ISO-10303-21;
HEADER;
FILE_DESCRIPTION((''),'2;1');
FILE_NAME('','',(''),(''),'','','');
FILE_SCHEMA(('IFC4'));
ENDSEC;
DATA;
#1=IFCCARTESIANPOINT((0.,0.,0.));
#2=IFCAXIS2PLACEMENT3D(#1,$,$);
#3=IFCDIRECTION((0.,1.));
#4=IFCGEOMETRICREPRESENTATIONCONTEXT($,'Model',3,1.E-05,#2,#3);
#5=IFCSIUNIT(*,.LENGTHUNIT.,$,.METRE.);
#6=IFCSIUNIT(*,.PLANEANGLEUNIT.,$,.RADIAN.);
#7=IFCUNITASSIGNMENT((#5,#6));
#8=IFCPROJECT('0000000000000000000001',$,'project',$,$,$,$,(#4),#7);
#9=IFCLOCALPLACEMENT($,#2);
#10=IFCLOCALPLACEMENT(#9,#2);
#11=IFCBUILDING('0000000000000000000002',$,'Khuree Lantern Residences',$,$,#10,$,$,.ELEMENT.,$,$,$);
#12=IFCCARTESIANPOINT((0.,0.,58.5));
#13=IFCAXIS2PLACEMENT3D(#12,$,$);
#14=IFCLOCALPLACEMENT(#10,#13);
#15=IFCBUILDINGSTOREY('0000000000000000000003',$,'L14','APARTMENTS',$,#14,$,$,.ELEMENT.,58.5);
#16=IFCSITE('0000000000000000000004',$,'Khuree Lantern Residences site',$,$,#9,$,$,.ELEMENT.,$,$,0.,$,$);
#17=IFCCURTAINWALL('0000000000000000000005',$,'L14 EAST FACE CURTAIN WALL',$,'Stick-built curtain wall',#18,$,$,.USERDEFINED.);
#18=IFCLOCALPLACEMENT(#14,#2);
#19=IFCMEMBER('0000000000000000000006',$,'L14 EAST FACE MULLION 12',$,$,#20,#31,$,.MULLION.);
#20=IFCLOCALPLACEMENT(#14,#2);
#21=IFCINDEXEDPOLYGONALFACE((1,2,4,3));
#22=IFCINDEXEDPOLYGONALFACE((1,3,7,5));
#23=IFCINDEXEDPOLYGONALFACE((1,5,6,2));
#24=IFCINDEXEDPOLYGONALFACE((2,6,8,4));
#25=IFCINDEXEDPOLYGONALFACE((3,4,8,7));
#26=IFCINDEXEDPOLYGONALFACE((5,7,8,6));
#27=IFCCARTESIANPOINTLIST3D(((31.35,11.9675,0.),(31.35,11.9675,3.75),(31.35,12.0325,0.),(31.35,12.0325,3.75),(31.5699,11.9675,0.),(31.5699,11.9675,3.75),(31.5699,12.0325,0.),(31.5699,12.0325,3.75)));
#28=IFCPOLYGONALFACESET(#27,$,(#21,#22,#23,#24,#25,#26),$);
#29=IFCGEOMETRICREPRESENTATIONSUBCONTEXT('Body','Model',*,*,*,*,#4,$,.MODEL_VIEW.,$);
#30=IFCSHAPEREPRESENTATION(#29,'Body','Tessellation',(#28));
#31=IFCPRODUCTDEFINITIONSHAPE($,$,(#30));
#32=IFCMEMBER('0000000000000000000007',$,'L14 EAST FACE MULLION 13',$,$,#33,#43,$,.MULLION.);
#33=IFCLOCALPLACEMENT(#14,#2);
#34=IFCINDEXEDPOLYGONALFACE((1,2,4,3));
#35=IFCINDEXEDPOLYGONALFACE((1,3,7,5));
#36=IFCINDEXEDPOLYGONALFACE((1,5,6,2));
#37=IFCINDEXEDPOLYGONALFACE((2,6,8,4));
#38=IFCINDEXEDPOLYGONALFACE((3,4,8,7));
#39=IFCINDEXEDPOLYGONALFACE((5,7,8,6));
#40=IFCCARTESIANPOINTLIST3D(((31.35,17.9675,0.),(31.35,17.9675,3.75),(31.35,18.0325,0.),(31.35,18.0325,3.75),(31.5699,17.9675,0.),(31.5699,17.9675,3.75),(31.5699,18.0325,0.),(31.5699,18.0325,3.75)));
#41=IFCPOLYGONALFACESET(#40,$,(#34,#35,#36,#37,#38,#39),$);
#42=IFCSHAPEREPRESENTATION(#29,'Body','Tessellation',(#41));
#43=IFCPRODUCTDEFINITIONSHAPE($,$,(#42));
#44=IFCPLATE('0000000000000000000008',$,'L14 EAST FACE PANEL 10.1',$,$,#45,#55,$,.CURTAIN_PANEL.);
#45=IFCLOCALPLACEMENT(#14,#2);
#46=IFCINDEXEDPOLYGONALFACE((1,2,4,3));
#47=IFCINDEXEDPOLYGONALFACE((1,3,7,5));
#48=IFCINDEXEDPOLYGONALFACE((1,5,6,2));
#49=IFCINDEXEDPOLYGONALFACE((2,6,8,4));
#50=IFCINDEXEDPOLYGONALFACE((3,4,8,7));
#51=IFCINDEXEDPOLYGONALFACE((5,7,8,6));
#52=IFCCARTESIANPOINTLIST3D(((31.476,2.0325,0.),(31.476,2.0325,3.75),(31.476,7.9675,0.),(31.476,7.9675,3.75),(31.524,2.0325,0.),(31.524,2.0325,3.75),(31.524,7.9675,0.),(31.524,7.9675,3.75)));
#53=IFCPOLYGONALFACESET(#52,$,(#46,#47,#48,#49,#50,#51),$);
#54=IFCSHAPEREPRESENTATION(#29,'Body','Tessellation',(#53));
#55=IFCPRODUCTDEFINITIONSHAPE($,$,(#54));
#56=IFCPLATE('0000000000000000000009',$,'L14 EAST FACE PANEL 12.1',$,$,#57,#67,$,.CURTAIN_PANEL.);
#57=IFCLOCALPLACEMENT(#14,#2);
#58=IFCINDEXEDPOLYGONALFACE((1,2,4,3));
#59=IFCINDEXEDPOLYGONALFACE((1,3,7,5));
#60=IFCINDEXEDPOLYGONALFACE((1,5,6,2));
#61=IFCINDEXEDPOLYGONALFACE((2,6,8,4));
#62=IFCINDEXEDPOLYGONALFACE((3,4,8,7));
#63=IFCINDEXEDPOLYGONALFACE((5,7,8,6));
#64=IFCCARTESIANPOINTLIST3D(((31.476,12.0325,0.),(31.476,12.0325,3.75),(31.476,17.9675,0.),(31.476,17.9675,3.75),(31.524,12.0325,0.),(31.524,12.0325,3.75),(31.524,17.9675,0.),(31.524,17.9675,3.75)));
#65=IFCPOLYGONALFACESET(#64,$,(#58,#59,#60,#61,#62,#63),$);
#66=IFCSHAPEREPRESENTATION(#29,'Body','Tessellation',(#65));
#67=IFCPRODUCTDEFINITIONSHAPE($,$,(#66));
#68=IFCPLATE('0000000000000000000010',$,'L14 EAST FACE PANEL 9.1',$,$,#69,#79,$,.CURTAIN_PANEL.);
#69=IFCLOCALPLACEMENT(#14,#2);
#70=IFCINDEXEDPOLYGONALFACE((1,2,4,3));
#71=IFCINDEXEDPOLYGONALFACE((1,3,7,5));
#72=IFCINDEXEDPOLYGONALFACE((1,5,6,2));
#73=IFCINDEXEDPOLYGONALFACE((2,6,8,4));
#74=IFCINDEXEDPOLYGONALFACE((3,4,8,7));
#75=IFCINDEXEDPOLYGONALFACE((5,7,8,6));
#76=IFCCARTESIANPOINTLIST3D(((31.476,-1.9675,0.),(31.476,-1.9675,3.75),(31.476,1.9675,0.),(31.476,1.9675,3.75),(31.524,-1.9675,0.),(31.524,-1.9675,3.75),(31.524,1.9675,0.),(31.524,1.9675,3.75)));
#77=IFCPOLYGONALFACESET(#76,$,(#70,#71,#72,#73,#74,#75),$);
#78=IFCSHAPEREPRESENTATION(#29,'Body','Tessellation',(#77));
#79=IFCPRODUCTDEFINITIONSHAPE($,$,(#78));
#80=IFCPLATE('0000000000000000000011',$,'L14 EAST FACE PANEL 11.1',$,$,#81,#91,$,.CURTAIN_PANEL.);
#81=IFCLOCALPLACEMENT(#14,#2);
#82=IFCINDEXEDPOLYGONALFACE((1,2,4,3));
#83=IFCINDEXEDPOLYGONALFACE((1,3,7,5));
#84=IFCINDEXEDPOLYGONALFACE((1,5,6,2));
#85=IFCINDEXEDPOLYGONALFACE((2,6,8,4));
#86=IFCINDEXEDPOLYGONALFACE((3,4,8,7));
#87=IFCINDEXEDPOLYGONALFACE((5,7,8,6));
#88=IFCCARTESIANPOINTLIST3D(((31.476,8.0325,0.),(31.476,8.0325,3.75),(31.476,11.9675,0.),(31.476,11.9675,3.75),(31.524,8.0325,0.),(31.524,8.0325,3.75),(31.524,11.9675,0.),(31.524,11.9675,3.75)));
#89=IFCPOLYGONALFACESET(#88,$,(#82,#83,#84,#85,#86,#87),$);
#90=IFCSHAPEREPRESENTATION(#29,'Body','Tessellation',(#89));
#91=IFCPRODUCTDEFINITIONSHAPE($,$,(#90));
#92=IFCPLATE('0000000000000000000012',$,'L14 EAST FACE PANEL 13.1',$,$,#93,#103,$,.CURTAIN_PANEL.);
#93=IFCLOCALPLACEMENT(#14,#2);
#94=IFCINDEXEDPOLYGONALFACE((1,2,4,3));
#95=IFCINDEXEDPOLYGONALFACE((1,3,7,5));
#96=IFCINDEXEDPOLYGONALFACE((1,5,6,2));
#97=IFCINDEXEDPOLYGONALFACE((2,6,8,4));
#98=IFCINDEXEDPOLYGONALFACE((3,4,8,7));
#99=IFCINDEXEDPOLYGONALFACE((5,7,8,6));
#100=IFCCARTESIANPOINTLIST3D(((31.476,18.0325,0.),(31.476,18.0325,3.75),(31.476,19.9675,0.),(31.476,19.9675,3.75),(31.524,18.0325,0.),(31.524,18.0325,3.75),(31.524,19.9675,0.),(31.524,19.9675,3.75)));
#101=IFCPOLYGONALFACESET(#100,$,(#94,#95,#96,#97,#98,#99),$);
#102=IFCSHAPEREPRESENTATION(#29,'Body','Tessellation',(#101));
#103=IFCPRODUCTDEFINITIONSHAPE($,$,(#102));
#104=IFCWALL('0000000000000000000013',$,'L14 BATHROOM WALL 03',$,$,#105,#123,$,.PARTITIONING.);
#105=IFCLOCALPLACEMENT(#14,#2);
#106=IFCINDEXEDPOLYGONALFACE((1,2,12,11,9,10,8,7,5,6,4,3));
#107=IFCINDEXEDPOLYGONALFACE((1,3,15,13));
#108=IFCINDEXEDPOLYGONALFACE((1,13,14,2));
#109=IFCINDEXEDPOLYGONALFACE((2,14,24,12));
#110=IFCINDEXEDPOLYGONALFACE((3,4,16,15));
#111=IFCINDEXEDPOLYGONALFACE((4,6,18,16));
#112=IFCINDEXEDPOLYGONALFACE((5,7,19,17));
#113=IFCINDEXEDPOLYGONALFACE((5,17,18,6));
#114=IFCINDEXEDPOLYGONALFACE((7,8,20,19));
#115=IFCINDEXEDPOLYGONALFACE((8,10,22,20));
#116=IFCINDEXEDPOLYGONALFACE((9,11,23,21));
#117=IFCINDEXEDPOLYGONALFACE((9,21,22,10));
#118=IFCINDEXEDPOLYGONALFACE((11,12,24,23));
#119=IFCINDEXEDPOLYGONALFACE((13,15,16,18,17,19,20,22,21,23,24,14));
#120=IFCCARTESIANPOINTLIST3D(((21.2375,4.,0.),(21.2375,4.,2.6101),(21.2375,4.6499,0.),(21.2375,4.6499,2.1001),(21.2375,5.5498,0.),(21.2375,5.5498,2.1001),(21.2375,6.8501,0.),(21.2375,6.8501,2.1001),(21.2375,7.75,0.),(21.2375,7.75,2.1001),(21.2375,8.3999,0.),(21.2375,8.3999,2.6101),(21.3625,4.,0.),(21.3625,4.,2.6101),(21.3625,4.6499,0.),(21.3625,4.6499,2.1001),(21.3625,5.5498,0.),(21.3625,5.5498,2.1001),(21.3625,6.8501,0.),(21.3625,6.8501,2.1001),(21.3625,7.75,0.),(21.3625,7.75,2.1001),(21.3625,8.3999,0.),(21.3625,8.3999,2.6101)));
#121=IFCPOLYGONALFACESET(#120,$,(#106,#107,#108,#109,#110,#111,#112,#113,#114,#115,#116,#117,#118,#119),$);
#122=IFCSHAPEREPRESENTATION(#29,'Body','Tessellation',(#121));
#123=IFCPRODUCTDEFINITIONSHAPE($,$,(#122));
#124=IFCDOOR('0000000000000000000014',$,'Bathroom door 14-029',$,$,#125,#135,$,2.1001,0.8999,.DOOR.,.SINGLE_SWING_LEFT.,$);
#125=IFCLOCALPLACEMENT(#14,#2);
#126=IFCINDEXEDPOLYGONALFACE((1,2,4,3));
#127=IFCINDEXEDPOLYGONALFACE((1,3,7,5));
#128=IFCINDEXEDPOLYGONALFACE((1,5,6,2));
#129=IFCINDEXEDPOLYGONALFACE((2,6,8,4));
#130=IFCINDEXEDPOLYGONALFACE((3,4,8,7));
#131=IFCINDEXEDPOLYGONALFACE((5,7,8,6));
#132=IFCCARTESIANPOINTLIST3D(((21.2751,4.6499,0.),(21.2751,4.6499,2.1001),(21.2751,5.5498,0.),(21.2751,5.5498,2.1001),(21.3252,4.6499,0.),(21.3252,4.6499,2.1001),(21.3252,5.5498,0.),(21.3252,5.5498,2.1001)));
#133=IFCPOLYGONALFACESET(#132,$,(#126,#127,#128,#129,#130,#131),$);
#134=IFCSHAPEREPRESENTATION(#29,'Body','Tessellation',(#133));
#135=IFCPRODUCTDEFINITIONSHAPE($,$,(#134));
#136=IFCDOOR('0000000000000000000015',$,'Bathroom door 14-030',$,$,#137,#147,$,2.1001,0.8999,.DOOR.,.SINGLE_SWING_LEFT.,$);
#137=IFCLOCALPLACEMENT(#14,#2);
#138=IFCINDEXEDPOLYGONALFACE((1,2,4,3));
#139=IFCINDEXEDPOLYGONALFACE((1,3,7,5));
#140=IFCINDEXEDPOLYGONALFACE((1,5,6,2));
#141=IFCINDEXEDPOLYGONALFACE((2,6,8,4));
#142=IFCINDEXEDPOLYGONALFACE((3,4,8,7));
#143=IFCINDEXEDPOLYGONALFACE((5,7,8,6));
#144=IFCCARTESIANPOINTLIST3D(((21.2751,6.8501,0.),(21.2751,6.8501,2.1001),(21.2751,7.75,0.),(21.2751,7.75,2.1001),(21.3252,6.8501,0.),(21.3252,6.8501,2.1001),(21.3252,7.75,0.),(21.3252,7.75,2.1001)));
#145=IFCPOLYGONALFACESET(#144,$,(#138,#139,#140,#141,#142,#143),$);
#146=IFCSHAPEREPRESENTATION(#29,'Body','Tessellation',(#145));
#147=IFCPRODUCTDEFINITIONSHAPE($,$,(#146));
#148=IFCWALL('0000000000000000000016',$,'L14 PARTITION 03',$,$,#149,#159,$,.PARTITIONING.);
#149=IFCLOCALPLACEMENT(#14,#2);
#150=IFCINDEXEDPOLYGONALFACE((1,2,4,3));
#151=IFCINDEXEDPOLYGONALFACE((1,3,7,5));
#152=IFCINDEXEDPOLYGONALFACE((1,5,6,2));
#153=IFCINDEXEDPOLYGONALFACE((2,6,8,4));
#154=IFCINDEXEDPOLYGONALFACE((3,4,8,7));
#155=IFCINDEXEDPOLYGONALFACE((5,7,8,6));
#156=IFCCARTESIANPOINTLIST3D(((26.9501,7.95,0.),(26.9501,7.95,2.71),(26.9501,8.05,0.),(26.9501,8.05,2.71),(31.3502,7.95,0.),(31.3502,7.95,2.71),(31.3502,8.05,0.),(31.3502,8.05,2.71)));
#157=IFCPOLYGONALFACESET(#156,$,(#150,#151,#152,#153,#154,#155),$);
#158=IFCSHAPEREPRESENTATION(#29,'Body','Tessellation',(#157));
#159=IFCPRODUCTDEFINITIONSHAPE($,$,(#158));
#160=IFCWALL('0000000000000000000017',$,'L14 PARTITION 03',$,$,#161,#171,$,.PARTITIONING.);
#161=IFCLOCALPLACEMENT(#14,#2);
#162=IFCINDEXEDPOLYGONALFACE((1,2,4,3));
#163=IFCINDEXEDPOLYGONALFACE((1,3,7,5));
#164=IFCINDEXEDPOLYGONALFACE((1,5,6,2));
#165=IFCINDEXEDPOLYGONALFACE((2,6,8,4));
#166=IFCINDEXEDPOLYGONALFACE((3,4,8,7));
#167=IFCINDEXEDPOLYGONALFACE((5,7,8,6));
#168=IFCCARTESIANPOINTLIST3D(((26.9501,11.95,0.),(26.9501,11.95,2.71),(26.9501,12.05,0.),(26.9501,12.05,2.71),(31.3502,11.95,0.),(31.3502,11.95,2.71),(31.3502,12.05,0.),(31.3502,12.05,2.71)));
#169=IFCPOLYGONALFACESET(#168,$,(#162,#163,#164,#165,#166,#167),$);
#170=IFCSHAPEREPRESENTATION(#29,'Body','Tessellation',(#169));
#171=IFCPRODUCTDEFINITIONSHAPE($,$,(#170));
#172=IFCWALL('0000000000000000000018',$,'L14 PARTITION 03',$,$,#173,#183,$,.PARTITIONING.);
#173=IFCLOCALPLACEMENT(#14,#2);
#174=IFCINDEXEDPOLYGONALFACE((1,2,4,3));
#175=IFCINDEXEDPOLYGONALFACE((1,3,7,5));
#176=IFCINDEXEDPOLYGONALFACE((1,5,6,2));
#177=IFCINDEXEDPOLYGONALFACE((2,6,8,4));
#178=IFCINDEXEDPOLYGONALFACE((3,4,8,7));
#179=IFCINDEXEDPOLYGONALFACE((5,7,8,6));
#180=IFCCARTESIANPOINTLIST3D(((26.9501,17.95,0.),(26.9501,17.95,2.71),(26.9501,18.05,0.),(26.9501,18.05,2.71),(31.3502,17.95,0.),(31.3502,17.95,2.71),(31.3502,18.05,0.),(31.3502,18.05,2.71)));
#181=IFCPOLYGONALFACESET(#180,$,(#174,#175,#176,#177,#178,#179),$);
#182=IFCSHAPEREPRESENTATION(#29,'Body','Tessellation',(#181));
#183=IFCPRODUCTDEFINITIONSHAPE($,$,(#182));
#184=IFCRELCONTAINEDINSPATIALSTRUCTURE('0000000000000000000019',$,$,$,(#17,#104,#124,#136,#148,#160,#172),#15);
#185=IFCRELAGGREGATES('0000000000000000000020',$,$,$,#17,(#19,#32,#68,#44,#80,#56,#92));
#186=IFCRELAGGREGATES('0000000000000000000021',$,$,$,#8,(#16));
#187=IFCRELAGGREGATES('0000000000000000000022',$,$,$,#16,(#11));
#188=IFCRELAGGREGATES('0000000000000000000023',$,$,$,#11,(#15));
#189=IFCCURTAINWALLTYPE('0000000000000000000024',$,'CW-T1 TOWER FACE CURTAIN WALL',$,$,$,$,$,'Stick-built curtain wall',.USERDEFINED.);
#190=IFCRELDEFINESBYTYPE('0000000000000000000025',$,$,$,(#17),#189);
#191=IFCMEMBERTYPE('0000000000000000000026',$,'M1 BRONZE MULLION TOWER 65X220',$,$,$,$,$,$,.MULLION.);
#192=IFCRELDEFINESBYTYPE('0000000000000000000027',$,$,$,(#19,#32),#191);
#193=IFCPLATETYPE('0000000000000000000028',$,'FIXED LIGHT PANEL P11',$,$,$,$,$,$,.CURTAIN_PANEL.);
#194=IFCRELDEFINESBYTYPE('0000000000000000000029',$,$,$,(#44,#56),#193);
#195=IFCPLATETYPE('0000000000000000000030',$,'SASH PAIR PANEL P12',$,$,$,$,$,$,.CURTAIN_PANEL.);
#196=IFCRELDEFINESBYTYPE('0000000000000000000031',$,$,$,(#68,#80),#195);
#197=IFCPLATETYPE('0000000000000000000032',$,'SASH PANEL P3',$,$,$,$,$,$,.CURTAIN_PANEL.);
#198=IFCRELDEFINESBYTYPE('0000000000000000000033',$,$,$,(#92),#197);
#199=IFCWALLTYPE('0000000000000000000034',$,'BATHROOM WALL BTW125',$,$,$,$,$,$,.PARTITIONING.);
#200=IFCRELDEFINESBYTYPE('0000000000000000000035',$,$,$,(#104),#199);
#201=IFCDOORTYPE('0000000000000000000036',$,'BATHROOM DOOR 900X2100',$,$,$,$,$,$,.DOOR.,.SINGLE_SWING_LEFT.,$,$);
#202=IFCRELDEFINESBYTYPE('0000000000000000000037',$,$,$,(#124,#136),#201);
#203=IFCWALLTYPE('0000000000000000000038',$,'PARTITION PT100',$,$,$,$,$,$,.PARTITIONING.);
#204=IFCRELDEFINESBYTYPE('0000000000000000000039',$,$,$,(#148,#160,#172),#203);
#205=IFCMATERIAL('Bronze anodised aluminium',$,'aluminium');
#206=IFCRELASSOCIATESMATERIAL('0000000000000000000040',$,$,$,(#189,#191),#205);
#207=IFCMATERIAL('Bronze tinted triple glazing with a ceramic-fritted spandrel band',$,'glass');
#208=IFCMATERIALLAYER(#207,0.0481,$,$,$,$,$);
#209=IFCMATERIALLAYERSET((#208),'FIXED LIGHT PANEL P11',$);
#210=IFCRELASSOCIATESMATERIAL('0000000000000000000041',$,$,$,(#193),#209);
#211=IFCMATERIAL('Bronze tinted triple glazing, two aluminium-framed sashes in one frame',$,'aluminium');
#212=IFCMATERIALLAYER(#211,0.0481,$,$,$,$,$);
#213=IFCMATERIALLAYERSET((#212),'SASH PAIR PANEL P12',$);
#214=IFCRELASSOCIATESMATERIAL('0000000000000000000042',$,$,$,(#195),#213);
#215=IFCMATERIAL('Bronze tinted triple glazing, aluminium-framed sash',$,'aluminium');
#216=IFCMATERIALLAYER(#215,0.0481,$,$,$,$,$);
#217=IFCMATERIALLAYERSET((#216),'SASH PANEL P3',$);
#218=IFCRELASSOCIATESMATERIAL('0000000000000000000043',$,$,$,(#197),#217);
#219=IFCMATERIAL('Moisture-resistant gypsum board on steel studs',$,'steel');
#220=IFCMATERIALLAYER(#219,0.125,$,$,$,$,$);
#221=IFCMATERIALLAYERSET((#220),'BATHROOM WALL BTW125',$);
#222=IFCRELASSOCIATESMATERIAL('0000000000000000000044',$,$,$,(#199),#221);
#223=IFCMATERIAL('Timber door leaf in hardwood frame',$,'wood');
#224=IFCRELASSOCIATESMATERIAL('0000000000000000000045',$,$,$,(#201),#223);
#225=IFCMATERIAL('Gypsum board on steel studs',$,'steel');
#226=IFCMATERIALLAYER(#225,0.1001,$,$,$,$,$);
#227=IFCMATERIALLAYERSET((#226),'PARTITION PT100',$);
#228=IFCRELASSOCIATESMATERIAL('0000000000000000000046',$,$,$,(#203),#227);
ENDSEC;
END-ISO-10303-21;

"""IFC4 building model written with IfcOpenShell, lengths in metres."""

from ifc_helpers import new_model, si_unit, direction, frame, frame_2d, origin, origin_2d, place, context, subcontext, project, spatial, rectangle, extrude, material, layer, layer_set, material_profile, profile_set, type_object, element, fill, aggregate, save


model = new_model("IFC4")

# Units and contexts
model_context = context("Model", 3, precision=1e-05, world=origin(), true_north=direction((0.0, 1.0)))
body_context = subcontext(model_context, "Body", "Model", "MODEL_VIEW")
ifc_project = project(units=[si_unit("LENGTHUNIT", "METRE"), si_unit("PLANEANGLEUNIT", "RADIAN")], contexts=[model_context])

# Site, building, storey
site_placement = place(None, origin())
site = spatial("IfcSite", under=ifc_project, at=site_placement, Name="Khuree Lantern Residences site", CompositionType="ELEMENT", RefElevation=0.0)
building_placement = place(site_placement, origin())
building = spatial("IfcBuilding", under=site, at=building_placement, Name="Khuree Lantern Residences", CompositionType="ELEMENT")
storey_placement = place(building_placement, frame((0.0, 0.0, 58.5)))
storey = spatial("IfcBuildingStorey", under=building, at=storey_placement, Name="L14", Description="APARTMENTS", CompositionType="ELEMENT", Elevation=58.5)

# Curtain wall
ifc_material_1 = material(Name="Bronze anodised aluminium", Category="aluminium")
curtain_wall_type = type_object("IfcCurtainWallType", Name="CW-T1 TOWER FACE CURTAIN WALL", ElementType="Stick-built curtain wall", PredefinedType="USERDEFINED", material=ifc_material_1)
curtain_wall_placement = place(storey_placement, origin())
curtain_wall = element("IfcCurtainWall", 1, at=curtain_wall_placement, inside=storey, type_object=curtain_wall_type, Name="L14 EAST FACE CURTAIN WALL", ObjectType="Stick-built curtain wall", PredefinedType="USERDEFINED")

# Members
ifc_material_profile_1 = material_profile(ifc_material_1, rectangle(XDim=0.0649, YDim=0.22, at=origin_2d()), Name="M1 65X220")
ifc_profile_set_1 = profile_set([ifc_material_profile_1], Name="Bronze anodised aluminium")
member_type_1 = type_object("IfcMemberType", Name="M1 BRONZE MULLION TOWER 65X220", PredefinedType="MULLION", material=ifc_profile_set_1)
member_1_placement = place(storey_placement, frame((31.46, 12.0, 0.0), z_axis=(0.0, 0.0, 1.0), x_axis=(0.0, 1.0, 0.0)))
member_1 = element("IfcMember", 2, at=member_1_placement, type_object=member_type_1, Name="L14 EAST FACE MULLION 12", PredefinedType="MULLION", context=body_context, shape_type="SweptSolid", body=[
    extrude(rectangle(XDim=0.0649, YDim=0.22, at=origin_2d()), origin(), (0.0, 0.0, 1.0), 3.75),
])
member_2_placement = place(storey_placement, frame((31.46, 18.0, 0.0), z_axis=(0.0, 0.0, 1.0), x_axis=(0.0, 1.0, 0.0)))
member_2 = element("IfcMember", 3, at=member_2_placement, type_object=member_type_1, Name="L14 EAST FACE MULLION 13", PredefinedType="MULLION", context=body_context, shape_type="SweptSolid", body=[
    extrude(rectangle(XDim=0.0649, YDim=0.22, at=origin_2d()), origin(), (0.0, 0.0, 1.0), 3.75),
])

# Plates
ifc_material_2 = material(Name="Bronze tinted triple glazing with a ceramic-fritted spandrel band", Category="glass")
ifc_layer_1 = layer(ifc_material_2, 0.0481)
ifc_layer_set_1 = layer_set([ifc_layer_1], Name="FIXED LIGHT PANEL P11")
plate_type_1 = type_object("IfcPlateType", Name="FIXED LIGHT PANEL P11", PredefinedType="CURTAIN_PANEL", material=ifc_layer_set_1)
plate_1_placement = place(storey_placement, frame((31.5, 5.0, 0.0), z_axis=(0.0, 0.0, 1.0), x_axis=(0.0, 1.0, 0.0)))
plate_1 = element("IfcPlate", 4, at=plate_1_placement, type_object=plate_type_1, Name="L14 EAST FACE PANEL 10.1", PredefinedType="CURTAIN_PANEL", context=body_context, shape_type="SweptSolid", body=[
    extrude(rectangle(XDim=5.9351, YDim=0.0481, at=origin_2d()), origin(), (0.0, 0.0, 1.0), 3.75),
])
plate_2_placement = place(storey_placement, frame((31.5, 15.0, 0.0), z_axis=(0.0, 0.0, 1.0), x_axis=(0.0, 1.0, 0.0)))
plate_2 = element("IfcPlate", 5, at=plate_2_placement, type_object=plate_type_1, Name="L14 EAST FACE PANEL 12.1", PredefinedType="CURTAIN_PANEL", context=body_context, shape_type="SweptSolid", body=[
    extrude(rectangle(XDim=5.9351, YDim=0.0481, at=origin_2d()), origin(), (0.0, 0.0, 1.0), 3.75),
])
ifc_material_3 = material(Name="Bronze tinted triple glazing, two aluminium-framed sashes in one frame", Category="aluminium")
ifc_layer_2 = layer(ifc_material_3, 0.0481)
ifc_layer_set_2 = layer_set([ifc_layer_2], Name="SASH PAIR PANEL P12")
plate_type_2 = type_object("IfcPlateType", Name="SASH PAIR PANEL P12", PredefinedType="CURTAIN_PANEL", material=ifc_layer_set_2)
plate_3_placement = place(storey_placement, frame((31.5, 0.0, 0.0), z_axis=(0.0, 0.0, 1.0), x_axis=(0.0, 1.0, 0.0)))
plate_3 = element("IfcPlate", 6, at=plate_3_placement, type_object=plate_type_2, Name="L14 EAST FACE PANEL 9.1", PredefinedType="CURTAIN_PANEL", context=body_context, shape_type="SweptSolid", body=[
    extrude(rectangle(XDim=3.9351, YDim=0.0481, at=origin_2d()), origin(), (0.0, 0.0, 1.0), 3.75),
])
plate_4_placement = place(storey_placement, frame((31.5, 10.0, 0.0), z_axis=(0.0, 0.0, 1.0), x_axis=(0.0, 1.0, 0.0)))
plate_4 = element("IfcPlate", 7, at=plate_4_placement, type_object=plate_type_2, Name="L14 EAST FACE PANEL 11.1", PredefinedType="CURTAIN_PANEL", context=body_context, shape_type="SweptSolid", body=[
    extrude(rectangle(XDim=3.9351, YDim=0.0481, at=origin_2d()), origin(), (0.0, 0.0, 1.0), 3.75),
])
ifc_material_4 = material(Name="Bronze tinted triple glazing, aluminium-framed sash", Category="aluminium")
ifc_layer_3 = layer(ifc_material_4, 0.0481)
ifc_layer_set_3 = layer_set([ifc_layer_3], Name="SASH PANEL P3")
plate_type_3 = type_object("IfcPlateType", Name="SASH PANEL P3", PredefinedType="CURTAIN_PANEL", material=ifc_layer_set_3)
plate_5_placement = place(storey_placement, frame((31.5, 19.0, 0.0), z_axis=(0.0, 0.0, 1.0), x_axis=(0.0, 1.0, 0.0)))
plate_5 = element("IfcPlate", 8, at=plate_5_placement, type_object=plate_type_3, Name="L14 EAST FACE PANEL 13.1", PredefinedType="CURTAIN_PANEL", context=body_context, shape_type="SweptSolid", body=[
    extrude(rectangle(XDim=1.9351, YDim=0.0481, at=origin_2d()), origin(), (0.0, 0.0, 1.0), 3.75),
])
aggregate(curtain_wall, [member_1, member_2, plate_3, plate_1, plate_4, plate_2, plate_5])

# Wall, openings, doors
ifc_material_5 = material(Name="Moisture-resistant gypsum board on steel studs", Category="steel")
ifc_layer_4 = layer(ifc_material_5, 0.125)
ifc_layer_set_4 = layer_set([ifc_layer_4], Name="BATHROOM WALL BTW125")
wall_type_1 = type_object("IfcWallType", Name="BATHROOM WALL BTW125", PredefinedType="PARTITIONING", material=ifc_layer_set_4)
wall_1_placement = place(storey_placement, frame((21.3, 4.0, 0.0), z_axis=(0.0, 0.0, 1.0), x_axis=(0.0, 1.0, 0.0)))
wall_1 = element("IfcWall", 9, at=wall_1_placement, inside=storey, type_object=wall_type_1, Name="L14 BATHROOM WALL 03", PredefinedType="PARTITIONING", context=body_context, shape_type="SweptSolid", body=[
    extrude(rectangle(XDim=4.3999, YDim=0.125, at=frame_2d((2.2, 0.0))), origin(), (0.0, 0.0, 1.0), 2.6101),
])
opening_1_placement = place(wall_1_placement, frame((0.6499, 0.0, 0.0)))
opening_1 = element("IfcOpeningElement", 10, at=opening_1_placement, cuts=wall_1, PredefinedType="OPENING", context=body_context, shape_type="SweptSolid", body=[
    extrude(rectangle(XDim=0.8999, YDim=2.1001, at=frame_2d((0.45, 1.05))), frame((0.0, 0.0725, 0.0), z_axis=(0.0, -1.0, 0.0), x_axis=(1.0, 0.0, 0.0)), (0.0, 0.0, 1.0), 0.145),
])
opening_2_placement = place(wall_1_placement, frame((2.8501, 0.0, 0.0)))
opening_2 = element("IfcOpeningElement", 11, at=opening_2_placement, cuts=wall_1, PredefinedType="OPENING", context=body_context, shape_type="SweptSolid", body=[
    extrude(rectangle(XDim=0.8999, YDim=2.1001, at=frame_2d((0.45, 1.05))), frame((0.0, 0.0725, 0.0), z_axis=(0.0, -1.0, 0.0), x_axis=(1.0, 0.0, 0.0)), (0.0, 0.0, 1.0), 0.145),
])
ifc_material_6 = material(Name="Timber door leaf in hardwood frame", Category="wood")
door_type_1 = type_object("IfcDoorType", Name="BATHROOM DOOR 900X2100", OperationType="SINGLE_SWING_LEFT", PredefinedType="DOOR", material=ifc_material_6)
door_1_placement = place(opening_1_placement, origin())
door_1 = element("IfcDoor", 12, at=door_1_placement, inside=storey, type_object=door_type_1, Name="Bathroom door 14-029", OperationType="SINGLE_SWING_LEFT", OverallHeight=2.1001, OverallWidth=0.8999, PredefinedType="DOOR", context=body_context, shape_type="SweptSolid", body=[
    extrude(rectangle(XDim=0.8999, YDim=2.1001, at=frame_2d((0.45, 1.05))), frame((0.0, 0.0249, 0.0), z_axis=(0.0, -1.0, 0.0), x_axis=(1.0, 0.0, 0.0)), (0.0, 0.0, 1.0), 0.05),
])
fill(opening_1, door_1)
door_2_placement = place(opening_2_placement, origin())
door_2 = element("IfcDoor", 13, at=door_2_placement, inside=storey, type_object=door_type_1, Name="Bathroom door 14-030", OperationType="SINGLE_SWING_LEFT", OverallHeight=2.1001, OverallWidth=0.8999, PredefinedType="DOOR", context=body_context, shape_type="SweptSolid", body=[
    extrude(rectangle(XDim=0.8999, YDim=2.1001, at=frame_2d((0.45, 1.05))), frame((0.0, 0.0249, 0.0), z_axis=(0.0, -1.0, 0.0), x_axis=(1.0, 0.0, 0.0)), (0.0, 0.0, 1.0), 0.05),
])
fill(opening_2, door_2)

# Walls
ifc_material_7 = material(Name="Gypsum board on steel studs", Category="steel")
ifc_layer_5 = layer(ifc_material_7, 0.1001)
ifc_layer_set_5 = layer_set([ifc_layer_5], Name="PARTITION PT100")
wall_type_2 = type_object("IfcWallType", Name="PARTITION PT100", PredefinedType="PARTITIONING", material=ifc_layer_set_5)
for number, where, z_axis, x_axis, name in (
    (14, (26.95, 8.0, 0.0), (0.0, 0.0, 1.0), (1.0, 0.0, 0.0), "L14 PARTITION 03"),
    (15, (26.95, 12.0, 0.0), (0.0, 0.0, 1.0), (1.0, 0.0, 0.0), "L14 PARTITION 03"),
    (16, (26.95, 18.0, 0.0), (0.0, 0.0, 1.0), (1.0, 0.0, 0.0), "L14 PARTITION 03"),
):
    element("IfcWall", number, at=place(storey_placement, frame(where, z_axis=z_axis, x_axis=x_axis)), inside=storey, type_object=wall_type_2, Name=name, PredefinedType="PARTITIONING", context=body_context, shape_type="SweptSolid", body=[
        extrude(rectangle(XDim=4.4001, YDim=0.1001, at=frame_2d((2.2002, 0.0))), origin(), (0.0, 0.0, 1.0), 2.71),
    ])

save(model, "model.ifc")
